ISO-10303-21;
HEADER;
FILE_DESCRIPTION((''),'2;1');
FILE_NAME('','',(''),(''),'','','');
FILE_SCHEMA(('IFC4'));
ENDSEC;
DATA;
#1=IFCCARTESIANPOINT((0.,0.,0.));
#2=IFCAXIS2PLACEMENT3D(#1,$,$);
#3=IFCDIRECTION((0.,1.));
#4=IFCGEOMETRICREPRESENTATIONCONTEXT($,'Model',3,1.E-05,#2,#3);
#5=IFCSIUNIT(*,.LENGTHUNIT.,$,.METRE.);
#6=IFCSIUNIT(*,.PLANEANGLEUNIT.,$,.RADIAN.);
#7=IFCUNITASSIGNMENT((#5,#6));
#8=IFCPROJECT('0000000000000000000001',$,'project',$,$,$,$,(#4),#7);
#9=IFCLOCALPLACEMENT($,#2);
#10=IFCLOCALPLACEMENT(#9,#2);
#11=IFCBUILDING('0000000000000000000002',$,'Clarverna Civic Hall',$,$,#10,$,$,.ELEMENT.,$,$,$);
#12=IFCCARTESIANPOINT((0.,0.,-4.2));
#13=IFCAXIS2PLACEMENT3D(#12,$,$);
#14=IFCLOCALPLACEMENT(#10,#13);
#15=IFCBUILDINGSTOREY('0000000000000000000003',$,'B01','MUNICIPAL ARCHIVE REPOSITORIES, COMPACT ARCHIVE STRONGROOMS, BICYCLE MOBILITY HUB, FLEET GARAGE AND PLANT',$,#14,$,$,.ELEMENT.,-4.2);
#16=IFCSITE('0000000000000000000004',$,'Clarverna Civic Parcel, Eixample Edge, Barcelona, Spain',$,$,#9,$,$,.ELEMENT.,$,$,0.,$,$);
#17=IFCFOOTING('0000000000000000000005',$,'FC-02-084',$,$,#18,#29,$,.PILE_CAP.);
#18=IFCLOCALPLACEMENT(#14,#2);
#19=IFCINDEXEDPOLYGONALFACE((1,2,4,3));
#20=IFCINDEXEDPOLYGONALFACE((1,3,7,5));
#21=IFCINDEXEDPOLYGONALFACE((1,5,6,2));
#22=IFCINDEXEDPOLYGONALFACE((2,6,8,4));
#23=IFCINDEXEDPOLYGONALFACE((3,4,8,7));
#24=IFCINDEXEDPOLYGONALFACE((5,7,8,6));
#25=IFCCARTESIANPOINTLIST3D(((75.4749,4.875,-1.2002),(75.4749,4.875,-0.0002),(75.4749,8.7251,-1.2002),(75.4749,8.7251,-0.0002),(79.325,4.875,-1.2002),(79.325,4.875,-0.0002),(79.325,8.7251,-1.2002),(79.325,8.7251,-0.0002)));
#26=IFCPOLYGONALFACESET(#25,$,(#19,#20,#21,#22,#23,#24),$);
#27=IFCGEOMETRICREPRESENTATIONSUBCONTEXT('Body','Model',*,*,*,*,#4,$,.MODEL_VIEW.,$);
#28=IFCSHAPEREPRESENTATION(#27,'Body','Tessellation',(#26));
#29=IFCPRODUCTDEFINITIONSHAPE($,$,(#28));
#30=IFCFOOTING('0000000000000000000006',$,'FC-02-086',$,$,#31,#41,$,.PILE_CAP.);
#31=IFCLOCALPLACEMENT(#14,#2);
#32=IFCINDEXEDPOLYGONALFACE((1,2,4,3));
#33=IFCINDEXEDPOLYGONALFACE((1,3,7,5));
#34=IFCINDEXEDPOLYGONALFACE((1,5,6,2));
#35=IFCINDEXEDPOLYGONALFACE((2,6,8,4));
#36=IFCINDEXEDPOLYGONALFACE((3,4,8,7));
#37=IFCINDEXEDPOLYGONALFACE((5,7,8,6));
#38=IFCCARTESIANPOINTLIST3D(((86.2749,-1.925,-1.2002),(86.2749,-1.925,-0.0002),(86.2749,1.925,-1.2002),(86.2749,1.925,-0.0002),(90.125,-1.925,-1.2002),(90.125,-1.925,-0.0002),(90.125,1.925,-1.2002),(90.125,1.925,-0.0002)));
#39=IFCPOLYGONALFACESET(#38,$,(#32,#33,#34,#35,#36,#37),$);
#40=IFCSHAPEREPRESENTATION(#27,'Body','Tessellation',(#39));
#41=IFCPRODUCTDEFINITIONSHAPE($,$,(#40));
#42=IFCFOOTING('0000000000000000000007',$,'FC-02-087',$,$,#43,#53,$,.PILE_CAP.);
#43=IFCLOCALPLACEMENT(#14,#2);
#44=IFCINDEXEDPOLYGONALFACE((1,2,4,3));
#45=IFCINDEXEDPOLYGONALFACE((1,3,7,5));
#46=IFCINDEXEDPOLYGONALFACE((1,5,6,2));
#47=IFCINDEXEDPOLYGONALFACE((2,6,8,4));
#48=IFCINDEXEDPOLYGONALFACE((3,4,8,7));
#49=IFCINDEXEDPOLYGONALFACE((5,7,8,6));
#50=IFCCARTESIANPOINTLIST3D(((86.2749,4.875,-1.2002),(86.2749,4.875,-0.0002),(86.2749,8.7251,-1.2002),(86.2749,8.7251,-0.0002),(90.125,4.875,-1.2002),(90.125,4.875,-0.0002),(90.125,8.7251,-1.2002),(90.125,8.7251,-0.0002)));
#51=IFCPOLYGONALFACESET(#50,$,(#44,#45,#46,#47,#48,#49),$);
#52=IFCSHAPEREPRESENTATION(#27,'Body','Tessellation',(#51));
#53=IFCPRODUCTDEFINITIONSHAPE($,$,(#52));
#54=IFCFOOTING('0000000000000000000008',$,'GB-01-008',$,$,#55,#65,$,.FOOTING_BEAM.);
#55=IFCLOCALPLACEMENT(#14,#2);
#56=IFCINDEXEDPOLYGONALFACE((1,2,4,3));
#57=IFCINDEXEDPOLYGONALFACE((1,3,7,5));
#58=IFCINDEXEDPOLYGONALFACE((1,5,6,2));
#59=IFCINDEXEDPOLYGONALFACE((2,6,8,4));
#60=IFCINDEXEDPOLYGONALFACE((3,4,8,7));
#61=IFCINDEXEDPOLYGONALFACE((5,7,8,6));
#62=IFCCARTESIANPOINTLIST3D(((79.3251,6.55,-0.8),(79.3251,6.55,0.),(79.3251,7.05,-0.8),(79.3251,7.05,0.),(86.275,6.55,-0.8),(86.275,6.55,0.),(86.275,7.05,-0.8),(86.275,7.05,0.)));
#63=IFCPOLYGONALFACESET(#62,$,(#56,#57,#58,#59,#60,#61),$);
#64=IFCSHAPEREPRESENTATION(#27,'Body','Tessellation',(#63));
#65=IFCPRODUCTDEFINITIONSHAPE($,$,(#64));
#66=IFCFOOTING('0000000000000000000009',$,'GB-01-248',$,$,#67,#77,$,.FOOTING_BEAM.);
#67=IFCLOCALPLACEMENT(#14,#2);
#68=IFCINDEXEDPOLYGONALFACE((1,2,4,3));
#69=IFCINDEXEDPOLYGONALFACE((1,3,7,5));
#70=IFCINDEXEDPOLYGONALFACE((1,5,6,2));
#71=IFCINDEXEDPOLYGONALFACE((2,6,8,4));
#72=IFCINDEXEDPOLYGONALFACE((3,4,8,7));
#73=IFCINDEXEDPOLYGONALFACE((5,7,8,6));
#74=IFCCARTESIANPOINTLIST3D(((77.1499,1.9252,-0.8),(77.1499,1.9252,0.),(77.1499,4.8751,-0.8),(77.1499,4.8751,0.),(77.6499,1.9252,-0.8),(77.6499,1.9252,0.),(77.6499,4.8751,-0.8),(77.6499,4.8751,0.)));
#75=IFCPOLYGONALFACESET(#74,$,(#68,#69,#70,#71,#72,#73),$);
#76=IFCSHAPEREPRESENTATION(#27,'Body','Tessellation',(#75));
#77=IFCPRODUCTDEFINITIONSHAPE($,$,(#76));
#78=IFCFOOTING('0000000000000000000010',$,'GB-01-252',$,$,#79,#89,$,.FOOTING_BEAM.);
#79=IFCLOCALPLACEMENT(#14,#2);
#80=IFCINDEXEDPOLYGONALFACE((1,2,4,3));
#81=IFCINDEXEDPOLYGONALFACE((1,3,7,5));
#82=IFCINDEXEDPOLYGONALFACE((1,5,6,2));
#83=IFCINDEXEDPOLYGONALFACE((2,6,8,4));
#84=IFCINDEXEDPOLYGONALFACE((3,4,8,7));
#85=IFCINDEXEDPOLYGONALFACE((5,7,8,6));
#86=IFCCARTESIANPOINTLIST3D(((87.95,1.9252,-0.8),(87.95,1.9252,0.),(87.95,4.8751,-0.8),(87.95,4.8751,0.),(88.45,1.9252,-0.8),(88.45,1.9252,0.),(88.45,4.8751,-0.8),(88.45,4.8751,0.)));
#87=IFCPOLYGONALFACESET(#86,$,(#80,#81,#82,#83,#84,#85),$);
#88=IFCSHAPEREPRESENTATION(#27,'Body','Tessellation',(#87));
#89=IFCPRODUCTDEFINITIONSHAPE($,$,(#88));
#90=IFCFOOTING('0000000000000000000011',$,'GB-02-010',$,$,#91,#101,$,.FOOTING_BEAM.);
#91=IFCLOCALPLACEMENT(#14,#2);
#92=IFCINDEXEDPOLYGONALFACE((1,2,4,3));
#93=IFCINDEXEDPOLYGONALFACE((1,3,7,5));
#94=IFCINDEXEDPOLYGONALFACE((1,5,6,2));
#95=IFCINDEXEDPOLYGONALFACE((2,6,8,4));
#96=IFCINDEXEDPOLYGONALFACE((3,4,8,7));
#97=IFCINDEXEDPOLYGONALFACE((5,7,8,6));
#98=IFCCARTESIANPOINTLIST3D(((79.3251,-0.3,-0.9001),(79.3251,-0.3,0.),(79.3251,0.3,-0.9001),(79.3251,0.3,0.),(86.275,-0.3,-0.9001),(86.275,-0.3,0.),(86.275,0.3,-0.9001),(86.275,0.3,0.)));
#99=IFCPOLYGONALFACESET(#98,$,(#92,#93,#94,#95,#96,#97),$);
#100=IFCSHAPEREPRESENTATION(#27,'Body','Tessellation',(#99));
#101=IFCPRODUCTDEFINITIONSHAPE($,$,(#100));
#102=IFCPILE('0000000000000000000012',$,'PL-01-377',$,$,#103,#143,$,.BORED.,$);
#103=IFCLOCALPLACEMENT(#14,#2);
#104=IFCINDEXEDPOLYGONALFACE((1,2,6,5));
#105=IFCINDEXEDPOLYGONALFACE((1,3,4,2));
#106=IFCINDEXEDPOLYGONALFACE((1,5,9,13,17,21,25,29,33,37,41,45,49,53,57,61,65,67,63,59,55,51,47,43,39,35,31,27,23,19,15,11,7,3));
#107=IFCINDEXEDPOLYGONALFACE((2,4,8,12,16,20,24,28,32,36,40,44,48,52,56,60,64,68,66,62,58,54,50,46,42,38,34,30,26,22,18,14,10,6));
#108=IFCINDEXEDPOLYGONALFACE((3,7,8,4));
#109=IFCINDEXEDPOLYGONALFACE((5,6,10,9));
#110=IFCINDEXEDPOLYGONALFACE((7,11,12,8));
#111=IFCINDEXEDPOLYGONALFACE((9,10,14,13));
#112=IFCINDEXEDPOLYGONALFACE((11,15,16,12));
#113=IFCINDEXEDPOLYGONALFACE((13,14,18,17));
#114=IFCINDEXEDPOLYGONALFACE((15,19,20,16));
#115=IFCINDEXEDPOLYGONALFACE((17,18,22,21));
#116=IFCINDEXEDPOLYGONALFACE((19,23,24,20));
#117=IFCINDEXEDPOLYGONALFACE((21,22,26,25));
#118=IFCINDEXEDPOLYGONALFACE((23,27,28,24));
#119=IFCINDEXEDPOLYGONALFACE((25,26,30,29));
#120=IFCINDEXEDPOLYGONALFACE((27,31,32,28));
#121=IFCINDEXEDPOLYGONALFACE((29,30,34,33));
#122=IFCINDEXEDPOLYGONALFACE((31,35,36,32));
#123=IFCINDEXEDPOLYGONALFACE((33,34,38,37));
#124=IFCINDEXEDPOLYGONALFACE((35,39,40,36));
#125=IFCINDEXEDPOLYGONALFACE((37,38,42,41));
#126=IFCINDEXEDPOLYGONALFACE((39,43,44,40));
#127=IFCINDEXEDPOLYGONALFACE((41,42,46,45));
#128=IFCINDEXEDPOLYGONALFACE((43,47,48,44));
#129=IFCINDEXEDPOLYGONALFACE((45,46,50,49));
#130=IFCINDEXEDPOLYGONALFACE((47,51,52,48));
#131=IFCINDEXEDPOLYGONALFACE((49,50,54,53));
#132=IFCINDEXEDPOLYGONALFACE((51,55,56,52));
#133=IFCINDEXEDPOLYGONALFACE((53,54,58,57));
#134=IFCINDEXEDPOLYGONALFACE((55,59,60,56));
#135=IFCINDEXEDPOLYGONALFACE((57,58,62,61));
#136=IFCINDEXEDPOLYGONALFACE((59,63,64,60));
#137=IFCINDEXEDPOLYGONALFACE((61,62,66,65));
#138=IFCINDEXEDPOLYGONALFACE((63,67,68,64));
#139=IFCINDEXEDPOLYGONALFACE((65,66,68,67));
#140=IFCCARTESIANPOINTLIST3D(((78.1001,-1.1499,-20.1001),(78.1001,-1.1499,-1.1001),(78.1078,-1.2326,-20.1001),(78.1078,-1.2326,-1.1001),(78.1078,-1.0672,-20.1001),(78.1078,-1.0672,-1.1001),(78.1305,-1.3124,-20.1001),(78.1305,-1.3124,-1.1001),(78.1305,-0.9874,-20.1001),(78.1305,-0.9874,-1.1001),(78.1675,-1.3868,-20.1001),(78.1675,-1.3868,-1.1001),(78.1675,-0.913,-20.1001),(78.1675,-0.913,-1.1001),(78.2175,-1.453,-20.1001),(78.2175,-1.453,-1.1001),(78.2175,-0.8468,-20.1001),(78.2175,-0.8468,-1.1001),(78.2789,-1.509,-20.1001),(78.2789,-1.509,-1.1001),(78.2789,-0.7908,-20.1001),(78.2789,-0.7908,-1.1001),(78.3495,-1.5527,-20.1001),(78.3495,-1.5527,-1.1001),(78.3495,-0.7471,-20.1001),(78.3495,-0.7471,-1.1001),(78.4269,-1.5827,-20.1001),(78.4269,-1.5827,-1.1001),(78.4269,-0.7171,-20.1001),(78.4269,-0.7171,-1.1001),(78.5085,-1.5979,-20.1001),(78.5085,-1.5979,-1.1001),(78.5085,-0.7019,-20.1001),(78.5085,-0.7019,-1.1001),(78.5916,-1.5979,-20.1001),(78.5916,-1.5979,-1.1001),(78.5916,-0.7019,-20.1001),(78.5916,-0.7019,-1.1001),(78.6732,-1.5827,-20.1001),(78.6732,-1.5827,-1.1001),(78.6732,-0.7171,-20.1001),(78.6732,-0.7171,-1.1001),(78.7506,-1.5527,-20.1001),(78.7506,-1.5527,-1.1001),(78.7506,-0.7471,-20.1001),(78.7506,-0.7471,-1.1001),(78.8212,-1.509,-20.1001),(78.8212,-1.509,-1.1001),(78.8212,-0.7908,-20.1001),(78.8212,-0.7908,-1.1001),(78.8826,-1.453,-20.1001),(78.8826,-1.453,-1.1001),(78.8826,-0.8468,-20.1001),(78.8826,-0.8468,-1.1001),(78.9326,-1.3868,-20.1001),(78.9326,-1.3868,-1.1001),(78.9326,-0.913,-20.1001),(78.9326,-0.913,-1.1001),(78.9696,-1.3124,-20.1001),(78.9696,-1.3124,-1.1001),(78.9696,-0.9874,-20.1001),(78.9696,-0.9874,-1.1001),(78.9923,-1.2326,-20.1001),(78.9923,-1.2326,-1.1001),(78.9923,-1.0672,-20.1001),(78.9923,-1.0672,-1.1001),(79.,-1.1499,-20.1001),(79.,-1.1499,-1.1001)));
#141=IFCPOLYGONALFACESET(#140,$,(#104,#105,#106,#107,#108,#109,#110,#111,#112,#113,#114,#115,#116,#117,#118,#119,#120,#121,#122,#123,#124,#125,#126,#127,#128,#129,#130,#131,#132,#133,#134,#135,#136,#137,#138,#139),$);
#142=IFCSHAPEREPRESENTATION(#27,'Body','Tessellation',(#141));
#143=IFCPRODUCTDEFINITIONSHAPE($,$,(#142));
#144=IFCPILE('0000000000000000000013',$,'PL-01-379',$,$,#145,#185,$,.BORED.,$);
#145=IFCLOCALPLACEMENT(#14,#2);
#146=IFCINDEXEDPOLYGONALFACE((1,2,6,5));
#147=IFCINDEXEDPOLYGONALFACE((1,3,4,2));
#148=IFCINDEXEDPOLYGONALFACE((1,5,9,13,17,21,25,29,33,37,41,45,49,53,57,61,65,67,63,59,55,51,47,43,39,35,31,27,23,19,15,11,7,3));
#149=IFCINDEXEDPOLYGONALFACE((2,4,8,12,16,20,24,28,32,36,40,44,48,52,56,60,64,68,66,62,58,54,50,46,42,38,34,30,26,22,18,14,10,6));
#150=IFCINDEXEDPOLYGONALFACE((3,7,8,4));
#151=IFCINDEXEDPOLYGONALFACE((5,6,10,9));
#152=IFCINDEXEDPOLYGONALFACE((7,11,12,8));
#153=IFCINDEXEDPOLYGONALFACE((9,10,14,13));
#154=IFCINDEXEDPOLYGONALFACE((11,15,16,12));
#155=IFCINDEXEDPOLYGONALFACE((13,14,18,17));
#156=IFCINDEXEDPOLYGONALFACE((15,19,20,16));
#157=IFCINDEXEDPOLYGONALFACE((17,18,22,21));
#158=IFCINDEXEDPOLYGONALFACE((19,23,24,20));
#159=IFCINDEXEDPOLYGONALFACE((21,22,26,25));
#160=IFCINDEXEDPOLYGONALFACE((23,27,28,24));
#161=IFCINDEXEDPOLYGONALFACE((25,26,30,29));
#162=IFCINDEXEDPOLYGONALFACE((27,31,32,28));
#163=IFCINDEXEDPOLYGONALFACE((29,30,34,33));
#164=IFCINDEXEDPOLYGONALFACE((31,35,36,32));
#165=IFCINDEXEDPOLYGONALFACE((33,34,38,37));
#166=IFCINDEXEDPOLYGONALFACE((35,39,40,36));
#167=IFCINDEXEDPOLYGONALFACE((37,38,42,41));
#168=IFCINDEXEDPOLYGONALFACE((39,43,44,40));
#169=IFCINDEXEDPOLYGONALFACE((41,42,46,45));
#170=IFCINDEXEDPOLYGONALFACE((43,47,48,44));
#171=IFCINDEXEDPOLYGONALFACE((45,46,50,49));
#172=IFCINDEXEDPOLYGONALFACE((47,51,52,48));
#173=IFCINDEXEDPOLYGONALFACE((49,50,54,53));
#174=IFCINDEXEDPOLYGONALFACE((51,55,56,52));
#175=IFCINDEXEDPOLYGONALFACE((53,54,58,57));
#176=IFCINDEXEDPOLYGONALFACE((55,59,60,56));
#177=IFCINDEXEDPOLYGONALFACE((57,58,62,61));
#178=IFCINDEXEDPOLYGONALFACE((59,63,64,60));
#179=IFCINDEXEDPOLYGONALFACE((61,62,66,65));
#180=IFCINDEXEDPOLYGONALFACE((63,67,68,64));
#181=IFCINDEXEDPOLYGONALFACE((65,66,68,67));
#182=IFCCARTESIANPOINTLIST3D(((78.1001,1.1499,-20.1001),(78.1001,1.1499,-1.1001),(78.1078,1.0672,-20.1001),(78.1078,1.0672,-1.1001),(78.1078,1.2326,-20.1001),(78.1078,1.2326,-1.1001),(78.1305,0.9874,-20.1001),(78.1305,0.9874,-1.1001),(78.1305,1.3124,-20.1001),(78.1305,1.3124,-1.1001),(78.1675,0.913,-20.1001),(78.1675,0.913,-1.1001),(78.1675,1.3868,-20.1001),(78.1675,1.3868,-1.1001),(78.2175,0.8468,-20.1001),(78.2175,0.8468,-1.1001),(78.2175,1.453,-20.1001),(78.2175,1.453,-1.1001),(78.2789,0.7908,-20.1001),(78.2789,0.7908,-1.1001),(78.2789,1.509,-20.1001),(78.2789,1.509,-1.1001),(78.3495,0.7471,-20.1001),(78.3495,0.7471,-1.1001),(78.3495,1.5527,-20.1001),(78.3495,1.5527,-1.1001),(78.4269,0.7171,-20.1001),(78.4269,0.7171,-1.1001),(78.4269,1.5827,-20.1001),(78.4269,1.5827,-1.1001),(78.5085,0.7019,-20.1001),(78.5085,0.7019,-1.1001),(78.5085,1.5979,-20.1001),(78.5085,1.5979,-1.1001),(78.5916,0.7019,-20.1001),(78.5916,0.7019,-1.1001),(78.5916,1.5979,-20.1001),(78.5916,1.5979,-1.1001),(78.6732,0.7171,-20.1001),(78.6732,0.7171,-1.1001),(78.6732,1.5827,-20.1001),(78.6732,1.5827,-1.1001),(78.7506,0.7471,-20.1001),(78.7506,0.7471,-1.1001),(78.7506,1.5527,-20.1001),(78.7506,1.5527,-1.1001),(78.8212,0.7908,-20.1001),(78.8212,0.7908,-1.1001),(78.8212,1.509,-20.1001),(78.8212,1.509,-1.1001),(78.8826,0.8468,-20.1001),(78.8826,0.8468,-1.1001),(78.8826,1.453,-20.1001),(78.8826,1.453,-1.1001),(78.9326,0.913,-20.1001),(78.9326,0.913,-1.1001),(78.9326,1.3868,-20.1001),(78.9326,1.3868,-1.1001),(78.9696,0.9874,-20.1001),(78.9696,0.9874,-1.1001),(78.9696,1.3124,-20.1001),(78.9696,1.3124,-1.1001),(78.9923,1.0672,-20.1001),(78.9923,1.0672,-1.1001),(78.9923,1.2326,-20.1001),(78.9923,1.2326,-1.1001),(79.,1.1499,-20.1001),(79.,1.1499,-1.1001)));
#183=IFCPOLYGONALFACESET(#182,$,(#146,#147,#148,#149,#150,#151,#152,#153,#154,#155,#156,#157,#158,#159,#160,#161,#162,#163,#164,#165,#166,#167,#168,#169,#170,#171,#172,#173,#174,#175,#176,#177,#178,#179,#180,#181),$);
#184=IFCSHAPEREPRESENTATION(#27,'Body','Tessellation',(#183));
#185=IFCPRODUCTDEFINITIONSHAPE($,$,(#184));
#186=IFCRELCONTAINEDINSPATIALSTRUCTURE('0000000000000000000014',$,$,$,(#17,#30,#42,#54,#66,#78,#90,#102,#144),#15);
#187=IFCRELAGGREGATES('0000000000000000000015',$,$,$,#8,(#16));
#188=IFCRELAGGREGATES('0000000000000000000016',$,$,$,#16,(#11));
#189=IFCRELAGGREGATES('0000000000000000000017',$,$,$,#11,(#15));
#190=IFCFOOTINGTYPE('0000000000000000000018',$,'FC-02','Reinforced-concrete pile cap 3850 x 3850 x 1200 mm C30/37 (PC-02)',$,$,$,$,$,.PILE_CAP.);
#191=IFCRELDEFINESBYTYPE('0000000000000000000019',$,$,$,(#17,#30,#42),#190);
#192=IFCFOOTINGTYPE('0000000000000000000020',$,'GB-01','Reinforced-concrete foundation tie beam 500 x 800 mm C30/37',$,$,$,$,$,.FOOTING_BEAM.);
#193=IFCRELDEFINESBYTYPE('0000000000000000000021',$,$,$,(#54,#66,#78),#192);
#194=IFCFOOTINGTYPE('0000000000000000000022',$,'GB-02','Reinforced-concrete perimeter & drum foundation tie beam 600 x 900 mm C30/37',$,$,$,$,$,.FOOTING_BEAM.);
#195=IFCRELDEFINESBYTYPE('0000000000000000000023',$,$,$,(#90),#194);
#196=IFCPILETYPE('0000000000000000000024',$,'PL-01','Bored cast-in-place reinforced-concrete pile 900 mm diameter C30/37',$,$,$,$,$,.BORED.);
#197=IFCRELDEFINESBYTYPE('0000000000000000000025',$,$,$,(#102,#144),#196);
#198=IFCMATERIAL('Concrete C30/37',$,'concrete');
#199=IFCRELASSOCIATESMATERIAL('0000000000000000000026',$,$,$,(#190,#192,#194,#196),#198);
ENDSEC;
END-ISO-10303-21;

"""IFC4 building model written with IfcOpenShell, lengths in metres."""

from ifc_helpers import new_model, si_unit, direction, frame, frame_2d, origin, origin_2d, place, context, subcontext, project, spatial, rectangle, circle, extrude, material, material_profile, profile_set, type_object, element, save


model = new_model("IFC4")

# Units and contexts
model_context = context("Model", 3, precision=1e-05, world=origin(), true_north=direction((0.0, 1.0)))
body_context = subcontext(model_context, "Body", "Model", "MODEL_VIEW")
ifc_project = project(units=[si_unit("LENGTHUNIT", "METRE"), si_unit("PLANEANGLEUNIT", "RADIAN")], contexts=[model_context])

# Site, building, storey
site_placement = place(None, origin())
site = spatial("IfcSite", under=ifc_project, at=site_placement, Name="Clarverna Civic Parcel, Eixample Edge, Barcelona, Spain", CompositionType="ELEMENT", RefElevation=0.0)
building_placement = place(site_placement, origin())
building = spatial("IfcBuilding", under=site, at=building_placement, Name="Clarverna Civic Hall", CompositionType="ELEMENT")
storey_placement = place(building_placement, frame((0.0, 0.0, -4.2)))
storey = spatial("IfcBuildingStorey", under=building, at=storey_placement, Name="B01", Description="MUNICIPAL ARCHIVE REPOSITORIES, COMPACT ARCHIVE STRONGROOMS, BICYCLE MOBILITY HUB, FLEET GARAGE AND PLANT", CompositionType="ELEMENT", Elevation=-4.2)

# Footings
ifc_material_1 = material(Name="Concrete C30/37", Category="concrete")
footing_type_1 = type_object("IfcFootingType", Name="FC-02", Description="Reinforced-concrete pile cap 3850 x 3850 x 1200 mm C30/37 (PC-02)", PredefinedType="PILE_CAP", material=ifc_material_1)
for number, where, z_axis, x_axis, name in (
    (1, (77.3999, 6.8, -1.2002), (0.0, 0.0, 1.0), (1.0, 0.0, 0.0), "FC-02-084"),
    (2, (88.2, 0.0, -1.2002), (0.0, 0.0, 1.0), (1.0, 0.0, 0.0), "FC-02-086"),
    (3, (88.2, 6.8, -1.2002), (0.0, 0.0, 1.0), (1.0, 0.0, 0.0), "FC-02-087"),
):
    element("IfcFooting", number, at=place(storey_placement, frame(where, z_axis=z_axis, x_axis=x_axis)), inside=storey, type_object=footing_type_1, Name=name, PredefinedType="PILE_CAP", context=body_context, shape_type="SweptSolid", body=[
        extrude(rectangle(XDim=3.8501, YDim=3.8501, at=origin_2d()), origin(), (0.0, 0.0, 1.0), 1.2),
    ])
footing_type_2 = type_object("IfcFootingType", Name="GB-01", Description="Reinforced-concrete foundation tie beam 500 x 800 mm C30/37", PredefinedType="FOOTING_BEAM", material=ifc_material_1)
footing_1_placement = place(storey_placement, frame((79.325, 6.8, -0.8), z_axis=(0.0, 0.0, 1.0), x_axis=(1.0, 0.0, 0.0)))
element("IfcFooting", 4, at=footing_1_placement, inside=storey, type_object=footing_type_2, Name="GB-01-008", PredefinedType="FOOTING_BEAM", context=body_context, shape_type="SweptSolid", body=[
    extrude(rectangle(XDim=6.95, YDim=0.5, at=frame_2d((3.4751, 0.0))), origin(), (0.0, 0.0, 1.0), 0.8),
])
for number, where, z_axis, x_axis, name in (
    (5, (77.3999, 1.925, -0.8), (0.0, 0.0, 1.0), (0.0, 1.0, 0.0), "GB-01-248"),
    (6, (88.2, 1.925, -0.8), (0.0, 0.0, 1.0), (0.0, 1.0, 0.0), "GB-01-252"),
):
    element("IfcFooting", number, at=place(storey_placement, frame(where, z_axis=z_axis, x_axis=x_axis)), inside=storey, type_object=footing_type_2, Name=name, PredefinedType="FOOTING_BEAM", context=body_context, shape_type="SweptSolid", body=[
        extrude(rectangle(XDim=2.95, YDim=0.5, at=frame_2d((1.4751, 0.0))), origin(), (0.0, 0.0, 1.0), 0.8),
    ])
footing_type_3 = type_object("IfcFootingType", Name="GB-02", Description="Reinforced-concrete perimeter & drum foundation tie beam 600 x 900 mm C30/37", PredefinedType="FOOTING_BEAM", material=ifc_material_1)
footing_2_placement = place(storey_placement, frame((79.325, 0.0, -0.9001), z_axis=(0.0, 0.0, 1.0), x_axis=(1.0, 0.0, 0.0)))
element("IfcFooting", 7, at=footing_2_placement, inside=storey, type_object=footing_type_3, Name="GB-02-010", PredefinedType="FOOTING_BEAM", context=body_context, shape_type="SweptSolid", body=[
    extrude(rectangle(XDim=6.95, YDim=0.6001, at=frame_2d((3.4751, 0.0))), origin(), (0.0, 0.0, 1.0), 0.9001),
])

# Piles
ifc_material_profile_1 = material_profile(ifc_material_1, circle(Radius=0.45, at=origin_2d()), Name="BORED PILE D900")
ifc_profile_set_1 = profile_set([ifc_material_profile_1], Name="Concrete C30/37")
pile_type = type_object("IfcPileType", Name="PL-01", Description="Bored cast-in-place reinforced-concrete pile 900 mm diameter C30/37", PredefinedType="BORED", material=ifc_profile_set_1)
for number, where, z_axis, x_axis, name in (
    (8, (78.55, -1.1499, -1.1001), (0.0, 0.0, -1.0), (1.0, 0.0, 0.0), "PL-01-377"),
    (9, (78.55, 1.1499, -1.1001), (0.0, 0.0, -1.0), (1.0, 0.0, 0.0), "PL-01-379"),
):
    element("IfcPile", number, at=place(storey_placement, frame(where, z_axis=z_axis, x_axis=x_axis)), inside=storey, type_object=pile_type, Name=name, PredefinedType="BORED", context=body_context, shape_type="SweptSolid", body=[
        extrude(circle(Radius=0.45, at=origin_2d()), origin(), (0.0, 0.0, 1.0), 19.0),
    ])

save(model, "model.ifc")
